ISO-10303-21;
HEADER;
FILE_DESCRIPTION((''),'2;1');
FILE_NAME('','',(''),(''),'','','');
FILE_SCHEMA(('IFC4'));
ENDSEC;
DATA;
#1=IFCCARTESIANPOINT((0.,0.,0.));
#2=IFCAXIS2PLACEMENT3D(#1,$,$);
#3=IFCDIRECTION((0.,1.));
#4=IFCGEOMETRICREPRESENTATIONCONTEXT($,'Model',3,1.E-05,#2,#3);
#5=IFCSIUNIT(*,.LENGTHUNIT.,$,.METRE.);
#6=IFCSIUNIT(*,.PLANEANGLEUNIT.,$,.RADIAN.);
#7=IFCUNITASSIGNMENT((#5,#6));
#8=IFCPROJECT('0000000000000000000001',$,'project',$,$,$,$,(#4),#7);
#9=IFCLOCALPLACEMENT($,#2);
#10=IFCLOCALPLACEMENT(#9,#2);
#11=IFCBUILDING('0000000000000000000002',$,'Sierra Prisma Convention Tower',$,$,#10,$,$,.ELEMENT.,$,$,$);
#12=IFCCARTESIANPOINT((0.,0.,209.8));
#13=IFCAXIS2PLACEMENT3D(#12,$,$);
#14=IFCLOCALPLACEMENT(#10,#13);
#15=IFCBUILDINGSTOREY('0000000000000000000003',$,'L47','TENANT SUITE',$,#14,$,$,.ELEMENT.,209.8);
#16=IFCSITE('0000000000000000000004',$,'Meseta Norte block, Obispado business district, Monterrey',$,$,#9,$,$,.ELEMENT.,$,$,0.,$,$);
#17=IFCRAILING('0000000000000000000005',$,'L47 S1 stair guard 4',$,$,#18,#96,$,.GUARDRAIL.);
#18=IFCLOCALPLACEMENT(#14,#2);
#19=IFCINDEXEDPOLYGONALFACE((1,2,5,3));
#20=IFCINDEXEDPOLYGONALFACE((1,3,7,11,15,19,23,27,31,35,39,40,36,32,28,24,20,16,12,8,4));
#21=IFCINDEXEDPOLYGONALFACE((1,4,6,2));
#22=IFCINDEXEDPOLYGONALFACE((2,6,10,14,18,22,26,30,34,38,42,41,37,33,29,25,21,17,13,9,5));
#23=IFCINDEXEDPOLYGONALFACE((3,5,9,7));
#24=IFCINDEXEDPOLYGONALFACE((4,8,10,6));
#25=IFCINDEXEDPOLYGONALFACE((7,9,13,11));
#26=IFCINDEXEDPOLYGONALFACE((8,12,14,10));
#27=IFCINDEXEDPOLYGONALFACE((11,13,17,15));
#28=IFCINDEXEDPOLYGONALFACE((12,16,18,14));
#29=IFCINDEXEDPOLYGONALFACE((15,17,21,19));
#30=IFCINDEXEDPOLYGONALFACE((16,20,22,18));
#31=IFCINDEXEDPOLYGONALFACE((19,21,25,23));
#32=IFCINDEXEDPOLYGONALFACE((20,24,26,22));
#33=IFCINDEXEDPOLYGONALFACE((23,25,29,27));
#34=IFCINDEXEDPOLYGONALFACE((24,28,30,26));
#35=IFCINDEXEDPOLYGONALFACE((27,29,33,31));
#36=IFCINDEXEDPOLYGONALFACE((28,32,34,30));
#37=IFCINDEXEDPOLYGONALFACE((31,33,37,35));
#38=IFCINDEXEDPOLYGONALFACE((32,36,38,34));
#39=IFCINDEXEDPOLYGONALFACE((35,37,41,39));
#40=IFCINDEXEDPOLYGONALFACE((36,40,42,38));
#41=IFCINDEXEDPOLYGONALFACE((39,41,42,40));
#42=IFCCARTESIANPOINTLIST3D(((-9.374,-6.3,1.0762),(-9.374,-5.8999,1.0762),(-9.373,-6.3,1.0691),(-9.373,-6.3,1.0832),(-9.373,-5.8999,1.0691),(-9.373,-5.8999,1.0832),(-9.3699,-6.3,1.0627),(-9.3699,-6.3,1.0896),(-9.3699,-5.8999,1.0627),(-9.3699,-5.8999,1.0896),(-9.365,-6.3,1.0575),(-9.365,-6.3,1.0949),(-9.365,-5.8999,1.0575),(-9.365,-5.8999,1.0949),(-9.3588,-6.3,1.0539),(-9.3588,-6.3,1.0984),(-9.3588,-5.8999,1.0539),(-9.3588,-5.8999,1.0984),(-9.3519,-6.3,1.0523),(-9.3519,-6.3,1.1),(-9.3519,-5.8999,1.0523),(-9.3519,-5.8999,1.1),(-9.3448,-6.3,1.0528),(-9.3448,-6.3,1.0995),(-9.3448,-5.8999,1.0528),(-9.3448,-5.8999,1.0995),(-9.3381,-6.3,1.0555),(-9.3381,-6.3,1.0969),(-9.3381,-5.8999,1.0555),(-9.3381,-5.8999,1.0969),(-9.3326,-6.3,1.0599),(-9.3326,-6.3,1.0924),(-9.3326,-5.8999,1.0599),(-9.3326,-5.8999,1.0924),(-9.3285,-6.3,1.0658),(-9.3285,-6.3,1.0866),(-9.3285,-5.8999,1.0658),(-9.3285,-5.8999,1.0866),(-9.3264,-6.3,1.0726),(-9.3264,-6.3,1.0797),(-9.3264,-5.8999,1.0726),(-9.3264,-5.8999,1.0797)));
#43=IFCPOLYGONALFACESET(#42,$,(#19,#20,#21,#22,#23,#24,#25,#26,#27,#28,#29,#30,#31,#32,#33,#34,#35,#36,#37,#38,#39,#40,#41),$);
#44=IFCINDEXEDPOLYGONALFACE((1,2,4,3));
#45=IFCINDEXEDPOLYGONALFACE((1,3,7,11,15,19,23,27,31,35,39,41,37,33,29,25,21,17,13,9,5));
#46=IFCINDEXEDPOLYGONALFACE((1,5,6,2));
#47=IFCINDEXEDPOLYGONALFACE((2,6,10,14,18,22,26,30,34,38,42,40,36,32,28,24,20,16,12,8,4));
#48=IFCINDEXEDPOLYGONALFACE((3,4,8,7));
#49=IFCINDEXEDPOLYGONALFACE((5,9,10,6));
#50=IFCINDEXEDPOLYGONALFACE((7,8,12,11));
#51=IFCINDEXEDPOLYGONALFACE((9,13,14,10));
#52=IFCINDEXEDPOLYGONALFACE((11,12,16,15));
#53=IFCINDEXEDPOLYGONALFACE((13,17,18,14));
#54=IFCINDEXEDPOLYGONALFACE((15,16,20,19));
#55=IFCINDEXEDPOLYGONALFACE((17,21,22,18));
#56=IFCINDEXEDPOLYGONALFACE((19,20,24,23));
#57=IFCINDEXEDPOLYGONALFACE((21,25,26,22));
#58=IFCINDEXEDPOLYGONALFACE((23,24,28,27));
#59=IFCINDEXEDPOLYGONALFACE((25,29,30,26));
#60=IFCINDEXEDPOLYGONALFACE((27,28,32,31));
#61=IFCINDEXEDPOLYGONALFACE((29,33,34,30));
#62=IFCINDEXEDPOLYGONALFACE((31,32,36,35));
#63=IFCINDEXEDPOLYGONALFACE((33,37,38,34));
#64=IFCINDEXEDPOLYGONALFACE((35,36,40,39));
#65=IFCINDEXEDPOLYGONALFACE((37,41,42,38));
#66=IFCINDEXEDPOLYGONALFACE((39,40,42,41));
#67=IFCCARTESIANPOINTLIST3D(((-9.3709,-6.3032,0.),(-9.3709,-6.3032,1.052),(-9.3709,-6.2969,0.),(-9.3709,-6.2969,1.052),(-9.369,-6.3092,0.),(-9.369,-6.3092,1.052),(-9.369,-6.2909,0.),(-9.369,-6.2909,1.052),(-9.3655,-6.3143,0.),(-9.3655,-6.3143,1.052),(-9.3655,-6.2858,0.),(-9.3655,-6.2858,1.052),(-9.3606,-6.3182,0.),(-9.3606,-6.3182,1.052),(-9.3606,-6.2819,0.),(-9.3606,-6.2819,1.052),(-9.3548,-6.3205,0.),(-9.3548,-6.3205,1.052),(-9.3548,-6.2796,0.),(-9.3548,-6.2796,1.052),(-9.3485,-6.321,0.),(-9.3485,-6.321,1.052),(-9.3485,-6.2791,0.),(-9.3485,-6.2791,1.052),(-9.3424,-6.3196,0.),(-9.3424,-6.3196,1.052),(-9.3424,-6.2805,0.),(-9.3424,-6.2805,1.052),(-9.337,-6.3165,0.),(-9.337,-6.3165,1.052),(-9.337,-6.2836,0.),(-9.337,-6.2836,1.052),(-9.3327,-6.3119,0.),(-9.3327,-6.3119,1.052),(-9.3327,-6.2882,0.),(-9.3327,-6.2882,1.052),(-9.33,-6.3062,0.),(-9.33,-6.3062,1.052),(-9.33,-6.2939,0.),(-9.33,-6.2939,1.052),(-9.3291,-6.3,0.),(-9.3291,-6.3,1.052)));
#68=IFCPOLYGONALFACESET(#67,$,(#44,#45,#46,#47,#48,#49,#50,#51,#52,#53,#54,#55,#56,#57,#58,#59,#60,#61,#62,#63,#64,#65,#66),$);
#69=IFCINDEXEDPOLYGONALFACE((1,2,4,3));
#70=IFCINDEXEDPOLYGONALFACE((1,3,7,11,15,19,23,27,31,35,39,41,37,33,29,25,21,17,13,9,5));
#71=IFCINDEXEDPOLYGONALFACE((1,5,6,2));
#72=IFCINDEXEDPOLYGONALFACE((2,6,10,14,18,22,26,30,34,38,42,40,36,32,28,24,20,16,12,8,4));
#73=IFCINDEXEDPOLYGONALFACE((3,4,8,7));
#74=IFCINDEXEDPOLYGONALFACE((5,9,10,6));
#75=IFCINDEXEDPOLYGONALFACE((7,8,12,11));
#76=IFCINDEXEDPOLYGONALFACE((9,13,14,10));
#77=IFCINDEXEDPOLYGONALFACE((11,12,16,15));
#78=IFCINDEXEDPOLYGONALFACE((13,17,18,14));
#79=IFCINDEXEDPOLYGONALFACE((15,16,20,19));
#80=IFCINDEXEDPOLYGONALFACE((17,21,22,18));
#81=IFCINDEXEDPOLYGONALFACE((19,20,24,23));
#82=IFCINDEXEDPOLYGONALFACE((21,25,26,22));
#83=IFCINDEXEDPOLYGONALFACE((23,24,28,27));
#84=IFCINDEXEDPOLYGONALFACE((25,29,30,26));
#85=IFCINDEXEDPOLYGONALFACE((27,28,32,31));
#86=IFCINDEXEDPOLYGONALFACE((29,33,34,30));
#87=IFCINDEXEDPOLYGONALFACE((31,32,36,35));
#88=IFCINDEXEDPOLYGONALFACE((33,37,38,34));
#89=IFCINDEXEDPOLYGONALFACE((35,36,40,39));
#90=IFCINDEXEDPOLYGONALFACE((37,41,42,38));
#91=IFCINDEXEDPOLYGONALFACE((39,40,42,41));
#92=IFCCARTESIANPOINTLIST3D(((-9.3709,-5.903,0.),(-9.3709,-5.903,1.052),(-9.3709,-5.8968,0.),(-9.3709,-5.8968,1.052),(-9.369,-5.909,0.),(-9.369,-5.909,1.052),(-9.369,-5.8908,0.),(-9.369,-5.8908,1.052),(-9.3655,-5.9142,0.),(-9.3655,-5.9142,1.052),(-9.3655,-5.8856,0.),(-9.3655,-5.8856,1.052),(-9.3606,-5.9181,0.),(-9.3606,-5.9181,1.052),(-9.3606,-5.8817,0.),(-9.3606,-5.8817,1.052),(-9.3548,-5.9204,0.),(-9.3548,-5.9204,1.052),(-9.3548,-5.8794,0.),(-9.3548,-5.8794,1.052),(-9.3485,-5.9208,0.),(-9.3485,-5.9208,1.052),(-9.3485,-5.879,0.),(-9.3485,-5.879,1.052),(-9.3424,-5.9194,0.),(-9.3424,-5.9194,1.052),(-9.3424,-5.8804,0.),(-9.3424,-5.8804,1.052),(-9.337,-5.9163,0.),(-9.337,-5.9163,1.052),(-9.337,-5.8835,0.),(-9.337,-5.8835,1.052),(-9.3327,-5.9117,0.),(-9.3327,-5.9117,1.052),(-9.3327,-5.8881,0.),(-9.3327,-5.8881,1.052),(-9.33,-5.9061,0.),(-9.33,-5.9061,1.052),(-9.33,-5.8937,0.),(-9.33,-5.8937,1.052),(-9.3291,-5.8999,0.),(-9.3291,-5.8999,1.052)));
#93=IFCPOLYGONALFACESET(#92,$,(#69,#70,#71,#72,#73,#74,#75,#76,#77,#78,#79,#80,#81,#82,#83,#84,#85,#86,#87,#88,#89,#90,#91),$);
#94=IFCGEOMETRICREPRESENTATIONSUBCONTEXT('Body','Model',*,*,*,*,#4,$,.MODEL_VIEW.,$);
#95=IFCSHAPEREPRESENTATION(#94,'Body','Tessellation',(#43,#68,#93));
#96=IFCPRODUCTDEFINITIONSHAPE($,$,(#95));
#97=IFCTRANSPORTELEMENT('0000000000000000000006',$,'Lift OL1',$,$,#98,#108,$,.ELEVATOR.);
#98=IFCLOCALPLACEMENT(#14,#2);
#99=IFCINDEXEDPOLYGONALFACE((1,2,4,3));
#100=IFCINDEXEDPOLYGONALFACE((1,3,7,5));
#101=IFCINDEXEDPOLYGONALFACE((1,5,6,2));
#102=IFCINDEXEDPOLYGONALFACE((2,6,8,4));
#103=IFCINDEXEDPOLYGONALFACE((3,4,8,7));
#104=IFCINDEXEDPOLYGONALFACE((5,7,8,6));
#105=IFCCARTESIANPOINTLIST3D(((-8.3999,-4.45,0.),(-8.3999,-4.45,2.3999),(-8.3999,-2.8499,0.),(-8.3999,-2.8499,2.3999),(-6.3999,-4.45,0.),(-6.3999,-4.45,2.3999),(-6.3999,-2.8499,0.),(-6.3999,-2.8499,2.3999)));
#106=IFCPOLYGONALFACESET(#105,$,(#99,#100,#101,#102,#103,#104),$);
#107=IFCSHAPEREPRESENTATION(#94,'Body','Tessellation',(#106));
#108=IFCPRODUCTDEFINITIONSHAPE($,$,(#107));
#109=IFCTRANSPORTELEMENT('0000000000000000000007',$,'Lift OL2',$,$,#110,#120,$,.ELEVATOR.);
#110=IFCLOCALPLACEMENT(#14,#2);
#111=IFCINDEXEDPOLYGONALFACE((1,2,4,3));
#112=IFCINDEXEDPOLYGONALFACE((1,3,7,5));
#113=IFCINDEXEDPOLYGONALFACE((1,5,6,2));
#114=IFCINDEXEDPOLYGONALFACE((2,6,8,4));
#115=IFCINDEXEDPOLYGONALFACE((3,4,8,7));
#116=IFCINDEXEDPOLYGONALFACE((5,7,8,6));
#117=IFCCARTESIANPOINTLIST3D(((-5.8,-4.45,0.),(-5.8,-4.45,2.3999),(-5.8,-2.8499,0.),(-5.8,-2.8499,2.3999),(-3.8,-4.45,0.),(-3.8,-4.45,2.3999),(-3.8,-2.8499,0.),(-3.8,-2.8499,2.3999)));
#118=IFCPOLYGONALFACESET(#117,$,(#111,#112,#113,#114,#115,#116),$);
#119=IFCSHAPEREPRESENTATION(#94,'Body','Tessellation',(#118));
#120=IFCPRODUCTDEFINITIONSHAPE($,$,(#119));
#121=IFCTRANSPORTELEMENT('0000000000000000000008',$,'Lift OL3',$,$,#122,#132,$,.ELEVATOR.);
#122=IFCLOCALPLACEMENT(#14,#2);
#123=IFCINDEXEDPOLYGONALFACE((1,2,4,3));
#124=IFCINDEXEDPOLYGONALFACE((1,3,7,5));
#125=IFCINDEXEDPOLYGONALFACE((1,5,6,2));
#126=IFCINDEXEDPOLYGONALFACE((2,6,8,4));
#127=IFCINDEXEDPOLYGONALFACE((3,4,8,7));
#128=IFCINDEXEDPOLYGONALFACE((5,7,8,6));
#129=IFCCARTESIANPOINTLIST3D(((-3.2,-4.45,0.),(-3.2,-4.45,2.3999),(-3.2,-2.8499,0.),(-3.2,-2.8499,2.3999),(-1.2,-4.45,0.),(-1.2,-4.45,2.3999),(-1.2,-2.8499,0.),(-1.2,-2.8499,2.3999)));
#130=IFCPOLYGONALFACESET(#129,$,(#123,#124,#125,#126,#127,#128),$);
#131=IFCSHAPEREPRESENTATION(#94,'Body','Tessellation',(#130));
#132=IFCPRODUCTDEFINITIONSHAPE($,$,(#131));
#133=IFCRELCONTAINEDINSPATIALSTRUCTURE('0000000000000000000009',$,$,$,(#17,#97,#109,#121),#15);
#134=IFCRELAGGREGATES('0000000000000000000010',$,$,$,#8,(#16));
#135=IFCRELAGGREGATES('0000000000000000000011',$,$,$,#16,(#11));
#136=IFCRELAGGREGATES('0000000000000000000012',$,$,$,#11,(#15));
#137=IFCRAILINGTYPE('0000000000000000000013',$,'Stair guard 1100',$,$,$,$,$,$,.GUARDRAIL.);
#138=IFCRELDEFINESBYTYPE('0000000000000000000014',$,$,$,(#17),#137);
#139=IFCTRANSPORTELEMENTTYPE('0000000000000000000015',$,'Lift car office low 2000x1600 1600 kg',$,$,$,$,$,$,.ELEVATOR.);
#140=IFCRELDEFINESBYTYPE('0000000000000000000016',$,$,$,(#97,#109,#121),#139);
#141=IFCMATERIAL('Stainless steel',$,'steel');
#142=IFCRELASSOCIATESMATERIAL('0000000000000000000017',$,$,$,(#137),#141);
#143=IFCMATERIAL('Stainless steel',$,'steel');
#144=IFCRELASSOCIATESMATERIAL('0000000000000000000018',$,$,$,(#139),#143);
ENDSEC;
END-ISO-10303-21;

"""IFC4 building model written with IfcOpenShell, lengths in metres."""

from ifc_helpers import new_model, si_unit, direction, frame, origin, origin_2d, place, context, subcontext, project, spatial, rectangle, circle, extrude, material, type_object, element, save


model = new_model("IFC4")

# Units and contexts
model_context = context("Model", 3, precision=1e-05, world=origin(), true_north=direction((0.0, 1.0)))
body_context = subcontext(model_context, "Body", "Model", "MODEL_VIEW")
ifc_project = project(units=[si_unit("LENGTHUNIT", "METRE"), si_unit("PLANEANGLEUNIT", "RADIAN")], contexts=[model_context])

# Site, building, storey
site_placement = place(None, origin())
site = spatial("IfcSite", under=ifc_project, at=site_placement, Name="Meseta Norte block, Obispado business district, Monterrey", CompositionType="ELEMENT", RefElevation=0.0)
building_placement = place(site_placement, origin())
building = spatial("IfcBuilding", under=site, at=building_placement, Name="Sierra Prisma Convention Tower", CompositionType="ELEMENT")
storey_placement = place(building_placement, frame((0.0, 0.0, 209.8)))
storey = spatial("IfcBuildingStorey", under=building, at=storey_placement, Name="L47", Description="TENANT SUITE", CompositionType="ELEMENT", Elevation=209.8)

# Railing
ifc_material_1 = material(Name="Stainless steel", Category="steel")
railing_type_1 = type_object("IfcRailingType", Name="Stair guard 1100", PredefinedType="GUARDRAIL", material=ifc_material_1)
railing_1_placement = place(storey_placement, frame((-9.3501, -6.3, 0.0)))
element("IfcRailing", 1, at=railing_1_placement, inside=storey, type_object=railing_type_1, Name="L47 S1 stair guard 4", PredefinedType="GUARDRAIL", context=body_context, shape_type="SweptSolid", body=[
    extrude(circle(Radius=0.0239, at=origin_2d()), frame((0.0, 0.0, 1.0762), z_axis=(0.0, 1.0, 0.0), x_axis=(-1.0, 0.0, 0.0)), (0.0, 0.0, 1.0), 0.4001),
    extrude(circle(Radius=0.021, at=origin_2d()), origin(), (0.0, 0.0, 1.0), 1.052),
    extrude(circle(Radius=0.021, at=origin_2d()), frame((0.0, 0.4001, 0.0)), (0.0, 0.0, 1.0), 1.052),
])

# Transport elements
ifc_material_2 = material(Name="Stainless steel", Category="steel")
transport_element_type = type_object("IfcTransportElementType", Name="Lift car office low 2000x1600 1600 kg", PredefinedType="ELEVATOR", material=ifc_material_2)
for number, where, z_axis, x_axis, name in (
    (2, (-7.3999, -3.6499, 0.0), (0.0, 0.0, 1.0), (1.0, 0.0, 0.0), "Lift OL1"),
    (3, (-4.8, -3.6499, 0.0), (0.0, 0.0, 1.0), (1.0, 0.0, 0.0), "Lift OL2"),
    (4, (-2.2, -3.6499, 0.0), (0.0, 0.0, 1.0), (1.0, 0.0, 0.0), "Lift OL3"),
):
    element("IfcTransportElement", number, at=place(storey_placement, frame(where, z_axis=z_axis, x_axis=x_axis)), inside=storey, type_object=transport_element_type, Name=name, PredefinedType="ELEVATOR", context=body_context, shape_type="SweptSolid", body=[
        extrude(rectangle(XDim=2.0, YDim=1.6001, at=origin_2d()), origin(), (0.0, 0.0, 1.0), 2.3999),
    ])

save(model, "model.ifc")
